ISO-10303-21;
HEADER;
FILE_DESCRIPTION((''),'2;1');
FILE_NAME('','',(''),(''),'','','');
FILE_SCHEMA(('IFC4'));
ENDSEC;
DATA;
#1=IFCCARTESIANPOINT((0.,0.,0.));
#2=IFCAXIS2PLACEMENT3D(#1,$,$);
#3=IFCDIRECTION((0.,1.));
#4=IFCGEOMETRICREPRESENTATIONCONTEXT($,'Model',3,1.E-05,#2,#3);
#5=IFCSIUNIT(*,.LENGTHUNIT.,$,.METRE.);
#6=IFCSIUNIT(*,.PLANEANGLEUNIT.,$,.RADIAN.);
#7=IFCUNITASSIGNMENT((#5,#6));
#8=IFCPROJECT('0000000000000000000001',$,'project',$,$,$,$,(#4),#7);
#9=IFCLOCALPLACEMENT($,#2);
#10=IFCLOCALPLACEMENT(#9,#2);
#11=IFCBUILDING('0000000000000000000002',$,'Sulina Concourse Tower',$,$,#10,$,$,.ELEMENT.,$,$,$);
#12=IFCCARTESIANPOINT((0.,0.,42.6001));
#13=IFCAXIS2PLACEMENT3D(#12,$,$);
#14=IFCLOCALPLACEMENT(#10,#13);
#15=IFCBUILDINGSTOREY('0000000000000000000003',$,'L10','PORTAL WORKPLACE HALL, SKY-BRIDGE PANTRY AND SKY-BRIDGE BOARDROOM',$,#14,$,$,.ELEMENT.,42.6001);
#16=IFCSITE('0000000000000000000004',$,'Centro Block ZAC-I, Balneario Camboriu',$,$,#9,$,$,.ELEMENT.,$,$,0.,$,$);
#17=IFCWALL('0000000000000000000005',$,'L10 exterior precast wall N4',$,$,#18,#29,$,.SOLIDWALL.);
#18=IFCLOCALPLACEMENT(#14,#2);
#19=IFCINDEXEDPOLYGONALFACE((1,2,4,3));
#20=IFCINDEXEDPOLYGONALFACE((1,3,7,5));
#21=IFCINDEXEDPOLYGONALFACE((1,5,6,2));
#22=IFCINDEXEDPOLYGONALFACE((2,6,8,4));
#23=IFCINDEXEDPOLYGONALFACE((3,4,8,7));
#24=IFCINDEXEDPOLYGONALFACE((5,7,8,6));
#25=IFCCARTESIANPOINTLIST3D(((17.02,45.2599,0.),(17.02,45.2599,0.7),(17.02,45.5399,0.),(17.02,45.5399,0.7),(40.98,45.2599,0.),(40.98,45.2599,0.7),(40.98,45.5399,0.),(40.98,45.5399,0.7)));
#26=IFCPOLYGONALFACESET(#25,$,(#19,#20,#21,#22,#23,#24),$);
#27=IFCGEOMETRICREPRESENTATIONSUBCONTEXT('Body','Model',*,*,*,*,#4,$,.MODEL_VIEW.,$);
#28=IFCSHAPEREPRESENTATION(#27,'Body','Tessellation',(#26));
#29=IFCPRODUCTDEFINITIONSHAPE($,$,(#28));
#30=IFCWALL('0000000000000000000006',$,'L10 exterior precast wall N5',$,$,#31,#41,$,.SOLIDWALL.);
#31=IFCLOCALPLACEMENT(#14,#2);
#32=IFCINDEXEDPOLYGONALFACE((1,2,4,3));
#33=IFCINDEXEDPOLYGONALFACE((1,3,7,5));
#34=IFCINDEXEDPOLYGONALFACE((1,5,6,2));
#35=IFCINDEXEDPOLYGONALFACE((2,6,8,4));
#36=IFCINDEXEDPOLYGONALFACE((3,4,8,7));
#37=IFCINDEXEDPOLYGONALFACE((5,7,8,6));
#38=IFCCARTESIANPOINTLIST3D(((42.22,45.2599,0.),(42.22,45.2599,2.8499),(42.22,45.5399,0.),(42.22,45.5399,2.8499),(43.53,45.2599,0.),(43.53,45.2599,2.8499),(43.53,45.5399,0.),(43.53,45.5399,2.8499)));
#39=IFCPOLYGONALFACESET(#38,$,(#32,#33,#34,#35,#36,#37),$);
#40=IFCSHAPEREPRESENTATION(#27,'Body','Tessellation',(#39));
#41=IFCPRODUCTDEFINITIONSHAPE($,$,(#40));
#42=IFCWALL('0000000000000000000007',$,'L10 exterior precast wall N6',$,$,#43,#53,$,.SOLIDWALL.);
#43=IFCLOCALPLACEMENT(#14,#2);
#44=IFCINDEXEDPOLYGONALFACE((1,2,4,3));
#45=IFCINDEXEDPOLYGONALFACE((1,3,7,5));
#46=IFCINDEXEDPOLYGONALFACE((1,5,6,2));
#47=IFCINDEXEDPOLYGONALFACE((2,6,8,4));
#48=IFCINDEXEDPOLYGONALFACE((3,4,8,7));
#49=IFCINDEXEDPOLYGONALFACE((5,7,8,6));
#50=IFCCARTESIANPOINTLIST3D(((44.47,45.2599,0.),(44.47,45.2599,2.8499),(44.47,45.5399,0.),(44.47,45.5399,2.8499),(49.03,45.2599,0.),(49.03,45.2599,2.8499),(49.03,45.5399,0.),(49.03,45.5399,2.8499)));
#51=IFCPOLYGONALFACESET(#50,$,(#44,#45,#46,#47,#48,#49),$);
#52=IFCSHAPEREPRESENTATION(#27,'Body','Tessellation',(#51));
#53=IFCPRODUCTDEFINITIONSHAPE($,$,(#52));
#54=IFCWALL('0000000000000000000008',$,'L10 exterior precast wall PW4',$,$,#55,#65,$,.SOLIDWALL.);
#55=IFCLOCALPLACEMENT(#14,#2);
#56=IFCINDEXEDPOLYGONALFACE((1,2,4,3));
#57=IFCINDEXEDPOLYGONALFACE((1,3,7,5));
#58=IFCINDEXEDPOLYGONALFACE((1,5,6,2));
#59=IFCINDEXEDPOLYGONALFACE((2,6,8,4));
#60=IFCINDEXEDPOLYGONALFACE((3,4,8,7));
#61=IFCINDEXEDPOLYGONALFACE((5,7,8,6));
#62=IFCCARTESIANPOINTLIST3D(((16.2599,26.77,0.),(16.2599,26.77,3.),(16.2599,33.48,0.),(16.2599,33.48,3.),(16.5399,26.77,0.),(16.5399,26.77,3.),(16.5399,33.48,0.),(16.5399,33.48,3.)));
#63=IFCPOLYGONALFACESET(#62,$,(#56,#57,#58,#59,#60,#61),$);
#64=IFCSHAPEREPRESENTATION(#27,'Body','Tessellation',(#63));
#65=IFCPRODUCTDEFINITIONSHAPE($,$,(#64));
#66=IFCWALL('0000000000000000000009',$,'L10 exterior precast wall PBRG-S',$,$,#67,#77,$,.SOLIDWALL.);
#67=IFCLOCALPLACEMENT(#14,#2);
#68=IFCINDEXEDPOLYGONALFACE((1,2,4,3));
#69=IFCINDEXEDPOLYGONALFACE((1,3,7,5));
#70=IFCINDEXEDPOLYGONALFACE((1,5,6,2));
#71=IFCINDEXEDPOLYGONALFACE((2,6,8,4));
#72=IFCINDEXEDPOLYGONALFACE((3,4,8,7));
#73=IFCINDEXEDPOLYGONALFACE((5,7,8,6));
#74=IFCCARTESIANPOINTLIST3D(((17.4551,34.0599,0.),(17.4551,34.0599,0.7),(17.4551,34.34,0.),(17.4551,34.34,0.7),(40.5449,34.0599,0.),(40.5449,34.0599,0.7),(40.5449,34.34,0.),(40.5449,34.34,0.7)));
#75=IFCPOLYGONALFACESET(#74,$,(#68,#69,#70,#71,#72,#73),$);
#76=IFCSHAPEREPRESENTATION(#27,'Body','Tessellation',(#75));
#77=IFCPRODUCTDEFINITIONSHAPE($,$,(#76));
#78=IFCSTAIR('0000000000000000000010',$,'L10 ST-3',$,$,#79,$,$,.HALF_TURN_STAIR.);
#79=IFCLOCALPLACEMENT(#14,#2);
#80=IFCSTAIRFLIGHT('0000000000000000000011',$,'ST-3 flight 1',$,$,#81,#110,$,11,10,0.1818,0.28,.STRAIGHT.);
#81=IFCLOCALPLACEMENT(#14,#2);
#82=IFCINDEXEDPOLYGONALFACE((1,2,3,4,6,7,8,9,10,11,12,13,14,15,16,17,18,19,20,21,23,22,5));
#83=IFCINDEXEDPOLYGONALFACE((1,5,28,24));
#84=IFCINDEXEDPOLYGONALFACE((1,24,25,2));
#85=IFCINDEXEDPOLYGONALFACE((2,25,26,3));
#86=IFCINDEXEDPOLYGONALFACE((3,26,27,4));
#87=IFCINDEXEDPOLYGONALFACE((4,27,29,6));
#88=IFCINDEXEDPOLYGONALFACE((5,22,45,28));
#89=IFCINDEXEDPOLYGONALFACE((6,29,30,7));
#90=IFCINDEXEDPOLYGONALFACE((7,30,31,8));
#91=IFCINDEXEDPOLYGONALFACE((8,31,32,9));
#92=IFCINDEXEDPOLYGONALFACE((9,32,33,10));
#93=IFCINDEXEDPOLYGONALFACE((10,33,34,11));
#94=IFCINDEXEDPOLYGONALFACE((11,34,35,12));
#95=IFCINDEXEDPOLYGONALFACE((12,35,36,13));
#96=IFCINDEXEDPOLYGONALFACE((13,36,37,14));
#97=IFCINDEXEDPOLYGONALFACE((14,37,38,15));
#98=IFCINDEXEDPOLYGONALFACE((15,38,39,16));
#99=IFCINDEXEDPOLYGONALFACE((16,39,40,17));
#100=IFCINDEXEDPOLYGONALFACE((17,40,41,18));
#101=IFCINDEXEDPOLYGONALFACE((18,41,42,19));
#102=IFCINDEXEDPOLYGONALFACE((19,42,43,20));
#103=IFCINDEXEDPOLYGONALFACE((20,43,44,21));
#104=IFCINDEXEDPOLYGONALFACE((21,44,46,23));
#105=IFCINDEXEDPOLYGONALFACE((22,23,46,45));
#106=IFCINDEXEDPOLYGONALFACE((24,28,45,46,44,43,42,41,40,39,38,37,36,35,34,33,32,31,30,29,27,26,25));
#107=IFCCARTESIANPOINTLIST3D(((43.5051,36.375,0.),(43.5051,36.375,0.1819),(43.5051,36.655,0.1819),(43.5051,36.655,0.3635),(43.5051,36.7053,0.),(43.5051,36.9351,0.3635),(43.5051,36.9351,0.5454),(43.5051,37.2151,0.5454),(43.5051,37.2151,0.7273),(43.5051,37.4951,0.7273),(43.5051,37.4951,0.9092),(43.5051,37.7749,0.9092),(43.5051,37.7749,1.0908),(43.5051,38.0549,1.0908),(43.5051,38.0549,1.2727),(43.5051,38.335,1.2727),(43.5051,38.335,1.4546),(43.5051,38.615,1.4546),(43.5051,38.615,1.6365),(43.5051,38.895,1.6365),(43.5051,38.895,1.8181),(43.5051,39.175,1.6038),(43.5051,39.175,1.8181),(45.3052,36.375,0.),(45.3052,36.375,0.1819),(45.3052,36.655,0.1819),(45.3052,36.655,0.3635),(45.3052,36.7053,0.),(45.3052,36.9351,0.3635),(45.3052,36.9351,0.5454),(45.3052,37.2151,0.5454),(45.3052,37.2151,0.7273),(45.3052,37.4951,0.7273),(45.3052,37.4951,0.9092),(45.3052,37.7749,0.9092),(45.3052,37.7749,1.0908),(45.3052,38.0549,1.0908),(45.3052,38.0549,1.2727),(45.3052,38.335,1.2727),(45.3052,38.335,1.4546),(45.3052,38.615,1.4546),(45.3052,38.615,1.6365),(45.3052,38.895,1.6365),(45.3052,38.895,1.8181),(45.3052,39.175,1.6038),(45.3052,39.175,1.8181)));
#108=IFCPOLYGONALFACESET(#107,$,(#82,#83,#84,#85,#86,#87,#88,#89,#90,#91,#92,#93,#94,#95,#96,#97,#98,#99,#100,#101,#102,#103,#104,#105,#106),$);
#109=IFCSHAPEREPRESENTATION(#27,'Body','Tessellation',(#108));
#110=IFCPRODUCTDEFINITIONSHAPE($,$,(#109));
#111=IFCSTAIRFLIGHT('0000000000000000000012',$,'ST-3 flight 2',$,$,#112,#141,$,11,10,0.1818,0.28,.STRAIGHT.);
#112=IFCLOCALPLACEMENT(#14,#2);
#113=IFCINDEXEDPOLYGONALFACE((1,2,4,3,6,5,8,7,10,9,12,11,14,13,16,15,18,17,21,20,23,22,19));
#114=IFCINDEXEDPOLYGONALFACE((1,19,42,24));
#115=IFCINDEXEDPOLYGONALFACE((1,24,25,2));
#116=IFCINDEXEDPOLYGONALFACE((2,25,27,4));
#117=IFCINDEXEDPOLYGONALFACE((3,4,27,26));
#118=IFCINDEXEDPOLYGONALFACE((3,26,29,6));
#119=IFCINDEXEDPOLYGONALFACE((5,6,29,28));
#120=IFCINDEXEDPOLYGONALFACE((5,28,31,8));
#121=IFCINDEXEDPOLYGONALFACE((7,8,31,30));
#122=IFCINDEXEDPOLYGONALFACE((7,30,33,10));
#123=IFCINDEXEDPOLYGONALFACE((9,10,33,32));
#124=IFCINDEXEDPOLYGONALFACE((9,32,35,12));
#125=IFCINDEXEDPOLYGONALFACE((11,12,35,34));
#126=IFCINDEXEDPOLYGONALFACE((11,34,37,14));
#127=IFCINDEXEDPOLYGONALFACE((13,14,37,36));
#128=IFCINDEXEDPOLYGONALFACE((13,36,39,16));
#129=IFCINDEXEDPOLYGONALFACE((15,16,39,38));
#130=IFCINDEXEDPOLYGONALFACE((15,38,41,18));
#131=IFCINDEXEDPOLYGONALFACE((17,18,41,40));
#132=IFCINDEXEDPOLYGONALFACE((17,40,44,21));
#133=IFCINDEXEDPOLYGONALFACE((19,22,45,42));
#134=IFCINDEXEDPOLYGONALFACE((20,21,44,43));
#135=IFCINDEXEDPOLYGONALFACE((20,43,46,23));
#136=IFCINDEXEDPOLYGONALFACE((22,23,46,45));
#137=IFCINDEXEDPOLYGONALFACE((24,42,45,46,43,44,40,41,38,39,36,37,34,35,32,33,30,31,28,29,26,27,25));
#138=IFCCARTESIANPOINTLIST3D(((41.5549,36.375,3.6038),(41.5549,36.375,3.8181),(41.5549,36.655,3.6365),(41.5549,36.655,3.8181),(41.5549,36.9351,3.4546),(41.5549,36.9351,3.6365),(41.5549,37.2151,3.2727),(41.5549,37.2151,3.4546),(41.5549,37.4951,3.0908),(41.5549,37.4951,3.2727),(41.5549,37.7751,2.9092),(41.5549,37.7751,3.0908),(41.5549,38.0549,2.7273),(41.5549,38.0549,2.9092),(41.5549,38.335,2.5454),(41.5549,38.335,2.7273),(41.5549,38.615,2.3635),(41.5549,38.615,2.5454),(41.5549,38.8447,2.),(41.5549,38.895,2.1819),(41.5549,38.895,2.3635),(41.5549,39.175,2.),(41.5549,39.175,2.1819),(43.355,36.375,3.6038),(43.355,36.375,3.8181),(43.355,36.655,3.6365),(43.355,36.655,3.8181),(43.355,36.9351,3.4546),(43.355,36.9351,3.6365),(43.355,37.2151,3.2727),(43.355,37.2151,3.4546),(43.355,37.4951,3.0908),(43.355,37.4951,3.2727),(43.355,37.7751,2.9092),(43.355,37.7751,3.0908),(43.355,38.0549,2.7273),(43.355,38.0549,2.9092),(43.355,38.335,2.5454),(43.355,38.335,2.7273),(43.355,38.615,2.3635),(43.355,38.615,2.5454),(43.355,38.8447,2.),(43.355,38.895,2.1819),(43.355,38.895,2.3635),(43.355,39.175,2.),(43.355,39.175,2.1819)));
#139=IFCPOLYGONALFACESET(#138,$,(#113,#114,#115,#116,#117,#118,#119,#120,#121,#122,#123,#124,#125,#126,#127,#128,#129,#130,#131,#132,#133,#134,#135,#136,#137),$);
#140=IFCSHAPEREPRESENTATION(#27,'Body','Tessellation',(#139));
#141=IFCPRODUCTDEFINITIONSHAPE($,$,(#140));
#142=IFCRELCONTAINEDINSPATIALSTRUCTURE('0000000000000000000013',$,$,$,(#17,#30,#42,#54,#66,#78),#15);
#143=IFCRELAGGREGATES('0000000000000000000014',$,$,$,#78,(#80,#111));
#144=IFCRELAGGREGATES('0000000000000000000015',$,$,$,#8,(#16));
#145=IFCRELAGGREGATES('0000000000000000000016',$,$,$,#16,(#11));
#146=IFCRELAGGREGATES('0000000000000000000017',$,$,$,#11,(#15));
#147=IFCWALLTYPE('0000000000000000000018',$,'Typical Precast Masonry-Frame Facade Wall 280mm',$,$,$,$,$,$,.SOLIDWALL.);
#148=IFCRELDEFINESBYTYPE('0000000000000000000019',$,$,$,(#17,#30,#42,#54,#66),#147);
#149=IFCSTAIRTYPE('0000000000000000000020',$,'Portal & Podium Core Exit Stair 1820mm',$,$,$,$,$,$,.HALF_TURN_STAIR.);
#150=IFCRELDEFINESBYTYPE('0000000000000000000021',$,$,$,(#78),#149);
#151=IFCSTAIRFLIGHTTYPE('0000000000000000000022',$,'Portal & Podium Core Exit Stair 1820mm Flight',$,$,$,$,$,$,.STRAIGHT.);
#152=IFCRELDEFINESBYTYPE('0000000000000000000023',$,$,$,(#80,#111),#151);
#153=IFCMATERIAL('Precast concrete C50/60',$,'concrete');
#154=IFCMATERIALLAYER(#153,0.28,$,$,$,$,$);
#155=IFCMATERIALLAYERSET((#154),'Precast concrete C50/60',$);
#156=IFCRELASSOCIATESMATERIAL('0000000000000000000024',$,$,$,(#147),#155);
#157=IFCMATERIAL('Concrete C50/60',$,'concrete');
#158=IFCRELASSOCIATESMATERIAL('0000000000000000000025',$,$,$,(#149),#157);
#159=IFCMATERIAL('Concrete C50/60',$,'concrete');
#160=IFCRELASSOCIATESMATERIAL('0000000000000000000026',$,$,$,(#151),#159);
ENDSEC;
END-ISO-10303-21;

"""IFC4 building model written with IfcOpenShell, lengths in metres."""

from ifc_helpers import new_model, si_unit, direction, frame, frame_2d, origin, place, context, subcontext, project, spatial, polyline, rectangle, outline, extrude, material, layer, layer_set, type_object, element, aggregate, save


model = new_model("IFC4")

# Units and contexts
model_context = context("Model", 3, precision=1e-05, world=origin(), true_north=direction((0.0, 1.0)))
body_context = subcontext(model_context, "Body", "Model", "MODEL_VIEW")
ifc_project = project(units=[si_unit("LENGTHUNIT", "METRE"), si_unit("PLANEANGLEUNIT", "RADIAN")], contexts=[model_context])

# Site, building, storey
site_placement = place(None, origin())
site = spatial("IfcSite", under=ifc_project, at=site_placement, Name="Centro Block ZAC-I, Balneario Camboriu", CompositionType="ELEMENT", RefElevation=0.0)
building_placement = place(site_placement, origin())
building = spatial("IfcBuilding", under=site, at=building_placement, Name="Sulina Concourse Tower", CompositionType="ELEMENT")
storey_placement = place(building_placement, frame((0.0, 0.0, 42.6001)))
storey = spatial("IfcBuildingStorey", under=building, at=storey_placement, Name="L10", Description="PORTAL WORKPLACE HALL, SKY-BRIDGE PANTRY AND SKY-BRIDGE BOARDROOM", CompositionType="ELEMENT", Elevation=42.6001)

# Walls
ifc_material_1 = material(Name="Precast concrete C50/60", Category="concrete")
ifc_layer_1 = layer(ifc_material_1, 0.28)
ifc_layer_set_1 = layer_set([ifc_layer_1], Name="Precast concrete C50/60")
wall_type_1 = type_object("IfcWallType", Name="Typical Precast Masonry-Frame Facade Wall 280mm", PredefinedType="SOLIDWALL", material=ifc_layer_set_1)
wall_1_placement = place(storey_placement, frame((17.02, 45.3999, 0.0), z_axis=(0.0, 0.0, 1.0), x_axis=(1.0, 0.0, 0.0)))
element("IfcWall", 1, at=wall_1_placement, inside=storey, type_object=wall_type_1, Name="L10 exterior precast wall N4", PredefinedType="SOLIDWALL", context=body_context, shape_type="SweptSolid", body=[
    extrude(rectangle(XDim=23.96, YDim=0.28, at=frame_2d((11.98, 0.0))), origin(), (0.0, 0.0, 1.0), 0.7),
])
wall_2_placement = place(storey_placement, frame((42.22, 45.3999, 0.0), z_axis=(0.0, 0.0, 1.0), x_axis=(1.0, 0.0, 0.0)))
element("IfcWall", 2, at=wall_2_placement, inside=storey, type_object=wall_type_1, Name="L10 exterior precast wall N5", PredefinedType="SOLIDWALL", context=body_context, shape_type="SweptSolid", body=[
    extrude(rectangle(XDim=1.3101, YDim=0.28, at=frame_2d((0.655, 0.0))), origin(), (0.0, 0.0, 1.0), 2.8499),
])
wall_3_placement = place(storey_placement, frame((44.47, 45.3999, 0.0), z_axis=(0.0, 0.0, 1.0), x_axis=(1.0, 0.0, 0.0)))
element("IfcWall", 3, at=wall_3_placement, inside=storey, type_object=wall_type_1, Name="L10 exterior precast wall N6", PredefinedType="SOLIDWALL", context=body_context, shape_type="SweptSolid", body=[
    extrude(rectangle(XDim=4.5601, YDim=0.28, at=frame_2d((2.28, 0.0))), origin(), (0.0, 0.0, 1.0), 2.8499),
])
wall_4_placement = place(storey_placement, frame((16.3999, 33.48, 0.0), z_axis=(0.0, 0.0, 1.0), x_axis=(0.0, -1.0, 0.0)))
element("IfcWall", 4, at=wall_4_placement, inside=storey, type_object=wall_type_1, Name="L10 exterior precast wall PW4", PredefinedType="SOLIDWALL", context=body_context, shape_type="SweptSolid", body=[
    extrude(rectangle(XDim=6.71, YDim=0.28, at=frame_2d((3.355, 0.0))), origin(), (0.0, 0.0, 1.0), 3.0),
])
wall_5_placement = place(storey_placement, frame((40.5449, 34.2, 0.0), z_axis=(0.0, 0.0, 1.0), x_axis=(-1.0, 0.0, 0.0)))
element("IfcWall", 5, at=wall_5_placement, inside=storey, type_object=wall_type_1, Name="L10 exterior precast wall PBRG-S", PredefinedType="SOLIDWALL", context=body_context, shape_type="SweptSolid", body=[
    extrude(rectangle(XDim=23.0898, YDim=0.28, at=frame_2d((11.5449, 0.0))), origin(), (0.0, 0.0, 1.0), 0.7),
])

# Stair, stair flights
ifc_material_2 = material(Name="Concrete C50/60", Category="concrete")
stair_type = type_object("IfcStairType", Name="Portal & Podium Core Exit Stair 1820mm", PredefinedType="HALF_TURN_STAIR", material=ifc_material_2)
stair_placement = place(storey_placement, origin())
stair = element("IfcStair", 6, at=stair_placement, inside=storey, type_object=stair_type, Name="L10 ST-3", PredefinedType="HALF_TURN_STAIR")
ifc_material_3 = material(Name="Concrete C50/60", Category="concrete")
stair_flight_type = type_object("IfcStairFlightType", Name="Portal & Podium Core Exit Stair 1820mm Flight", PredefinedType="STRAIGHT", material=ifc_material_3)
stair_flight_1_placement = place(storey_placement, frame((44.405, 36.375, 0.0), z_axis=(0.0, 0.0, 1.0), x_axis=(0.0, 1.0, 0.0)))
stair_flight_1 = element("IfcStairFlight", 7, at=stair_flight_1_placement, type_object=stair_flight_type, Name="ST-3 flight 1", NumberOfRisers=11, NumberOfTreads=10, PredefinedType="STRAIGHT", RiserHeight=0.1818, TreadLength=0.28, context=body_context, shape_type="SweptSolid", body=[
    extrude(outline(polyline([(0.0, 0.0), (0.0, 0.1819), (0.28, 0.1819), (0.28, 0.3635), (0.5601, 0.3635), (0.5601, 0.5454), (0.8401, 0.5454), (0.8401, 0.7273), (1.1201, 0.7273), (1.1201, 0.9092), (1.3999, 0.9092), (1.3999, 1.0908), (1.6799, 1.0908), (1.6799, 1.2727), (1.96, 1.2727), (1.96, 1.4546), (2.24, 1.4546), (2.24, 1.6365), (2.52, 1.6365), (2.52, 1.8181), (2.8, 1.8181), (2.8, 2.0), (2.8, 1.6038), (0.3303, 0.0), (0.0, 0.0)])), frame((0.0, 0.8999, 0.0), z_axis=(0.0, -1.0, 0.0), x_axis=(1.0, 0.0, 0.0)), (0.0, 0.0, 1.0), 1.8),
])
stair_flight_2_placement = place(storey_placement, frame((42.4551, 39.175, 2.0), z_axis=(0.0, 0.0, 1.0), x_axis=(0.0, -1.0, 0.0)))
stair_flight_2 = element("IfcStairFlight", 8, at=stair_flight_2_placement, type_object=stair_flight_type, Name="ST-3 flight 2", NumberOfRisers=11, NumberOfTreads=10, PredefinedType="STRAIGHT", RiserHeight=0.1818, TreadLength=0.28, context=body_context, shape_type="SweptSolid", body=[
    extrude(outline(polyline([(0.0, 0.0), (0.0, 0.1819), (0.28, 0.1819), (0.28, 0.3635), (0.5601, 0.3635), (0.5601, 0.5454), (0.8401, 0.5454), (0.8401, 0.7273), (1.1201, 0.7273), (1.1201, 0.9092), (1.3999, 0.9092), (1.3999, 1.0908), (1.6799, 1.0908), (1.6799, 1.2727), (1.96, 1.2727), (1.96, 1.4546), (2.24, 1.4546), (2.24, 1.6365), (2.52, 1.6365), (2.52, 1.8181), (2.8, 1.8181), (2.8, 2.0), (2.8, 1.6038), (0.3303, 0.0), (0.0, 0.0)])), frame((0.0, 0.8999, 0.0), z_axis=(0.0, -1.0, 0.0), x_axis=(1.0, 0.0, 0.0)), (0.0, 0.0, 1.0), 1.8),
])
aggregate(stair, [stair_flight_1, stair_flight_2])

save(model, "model.ifc")
